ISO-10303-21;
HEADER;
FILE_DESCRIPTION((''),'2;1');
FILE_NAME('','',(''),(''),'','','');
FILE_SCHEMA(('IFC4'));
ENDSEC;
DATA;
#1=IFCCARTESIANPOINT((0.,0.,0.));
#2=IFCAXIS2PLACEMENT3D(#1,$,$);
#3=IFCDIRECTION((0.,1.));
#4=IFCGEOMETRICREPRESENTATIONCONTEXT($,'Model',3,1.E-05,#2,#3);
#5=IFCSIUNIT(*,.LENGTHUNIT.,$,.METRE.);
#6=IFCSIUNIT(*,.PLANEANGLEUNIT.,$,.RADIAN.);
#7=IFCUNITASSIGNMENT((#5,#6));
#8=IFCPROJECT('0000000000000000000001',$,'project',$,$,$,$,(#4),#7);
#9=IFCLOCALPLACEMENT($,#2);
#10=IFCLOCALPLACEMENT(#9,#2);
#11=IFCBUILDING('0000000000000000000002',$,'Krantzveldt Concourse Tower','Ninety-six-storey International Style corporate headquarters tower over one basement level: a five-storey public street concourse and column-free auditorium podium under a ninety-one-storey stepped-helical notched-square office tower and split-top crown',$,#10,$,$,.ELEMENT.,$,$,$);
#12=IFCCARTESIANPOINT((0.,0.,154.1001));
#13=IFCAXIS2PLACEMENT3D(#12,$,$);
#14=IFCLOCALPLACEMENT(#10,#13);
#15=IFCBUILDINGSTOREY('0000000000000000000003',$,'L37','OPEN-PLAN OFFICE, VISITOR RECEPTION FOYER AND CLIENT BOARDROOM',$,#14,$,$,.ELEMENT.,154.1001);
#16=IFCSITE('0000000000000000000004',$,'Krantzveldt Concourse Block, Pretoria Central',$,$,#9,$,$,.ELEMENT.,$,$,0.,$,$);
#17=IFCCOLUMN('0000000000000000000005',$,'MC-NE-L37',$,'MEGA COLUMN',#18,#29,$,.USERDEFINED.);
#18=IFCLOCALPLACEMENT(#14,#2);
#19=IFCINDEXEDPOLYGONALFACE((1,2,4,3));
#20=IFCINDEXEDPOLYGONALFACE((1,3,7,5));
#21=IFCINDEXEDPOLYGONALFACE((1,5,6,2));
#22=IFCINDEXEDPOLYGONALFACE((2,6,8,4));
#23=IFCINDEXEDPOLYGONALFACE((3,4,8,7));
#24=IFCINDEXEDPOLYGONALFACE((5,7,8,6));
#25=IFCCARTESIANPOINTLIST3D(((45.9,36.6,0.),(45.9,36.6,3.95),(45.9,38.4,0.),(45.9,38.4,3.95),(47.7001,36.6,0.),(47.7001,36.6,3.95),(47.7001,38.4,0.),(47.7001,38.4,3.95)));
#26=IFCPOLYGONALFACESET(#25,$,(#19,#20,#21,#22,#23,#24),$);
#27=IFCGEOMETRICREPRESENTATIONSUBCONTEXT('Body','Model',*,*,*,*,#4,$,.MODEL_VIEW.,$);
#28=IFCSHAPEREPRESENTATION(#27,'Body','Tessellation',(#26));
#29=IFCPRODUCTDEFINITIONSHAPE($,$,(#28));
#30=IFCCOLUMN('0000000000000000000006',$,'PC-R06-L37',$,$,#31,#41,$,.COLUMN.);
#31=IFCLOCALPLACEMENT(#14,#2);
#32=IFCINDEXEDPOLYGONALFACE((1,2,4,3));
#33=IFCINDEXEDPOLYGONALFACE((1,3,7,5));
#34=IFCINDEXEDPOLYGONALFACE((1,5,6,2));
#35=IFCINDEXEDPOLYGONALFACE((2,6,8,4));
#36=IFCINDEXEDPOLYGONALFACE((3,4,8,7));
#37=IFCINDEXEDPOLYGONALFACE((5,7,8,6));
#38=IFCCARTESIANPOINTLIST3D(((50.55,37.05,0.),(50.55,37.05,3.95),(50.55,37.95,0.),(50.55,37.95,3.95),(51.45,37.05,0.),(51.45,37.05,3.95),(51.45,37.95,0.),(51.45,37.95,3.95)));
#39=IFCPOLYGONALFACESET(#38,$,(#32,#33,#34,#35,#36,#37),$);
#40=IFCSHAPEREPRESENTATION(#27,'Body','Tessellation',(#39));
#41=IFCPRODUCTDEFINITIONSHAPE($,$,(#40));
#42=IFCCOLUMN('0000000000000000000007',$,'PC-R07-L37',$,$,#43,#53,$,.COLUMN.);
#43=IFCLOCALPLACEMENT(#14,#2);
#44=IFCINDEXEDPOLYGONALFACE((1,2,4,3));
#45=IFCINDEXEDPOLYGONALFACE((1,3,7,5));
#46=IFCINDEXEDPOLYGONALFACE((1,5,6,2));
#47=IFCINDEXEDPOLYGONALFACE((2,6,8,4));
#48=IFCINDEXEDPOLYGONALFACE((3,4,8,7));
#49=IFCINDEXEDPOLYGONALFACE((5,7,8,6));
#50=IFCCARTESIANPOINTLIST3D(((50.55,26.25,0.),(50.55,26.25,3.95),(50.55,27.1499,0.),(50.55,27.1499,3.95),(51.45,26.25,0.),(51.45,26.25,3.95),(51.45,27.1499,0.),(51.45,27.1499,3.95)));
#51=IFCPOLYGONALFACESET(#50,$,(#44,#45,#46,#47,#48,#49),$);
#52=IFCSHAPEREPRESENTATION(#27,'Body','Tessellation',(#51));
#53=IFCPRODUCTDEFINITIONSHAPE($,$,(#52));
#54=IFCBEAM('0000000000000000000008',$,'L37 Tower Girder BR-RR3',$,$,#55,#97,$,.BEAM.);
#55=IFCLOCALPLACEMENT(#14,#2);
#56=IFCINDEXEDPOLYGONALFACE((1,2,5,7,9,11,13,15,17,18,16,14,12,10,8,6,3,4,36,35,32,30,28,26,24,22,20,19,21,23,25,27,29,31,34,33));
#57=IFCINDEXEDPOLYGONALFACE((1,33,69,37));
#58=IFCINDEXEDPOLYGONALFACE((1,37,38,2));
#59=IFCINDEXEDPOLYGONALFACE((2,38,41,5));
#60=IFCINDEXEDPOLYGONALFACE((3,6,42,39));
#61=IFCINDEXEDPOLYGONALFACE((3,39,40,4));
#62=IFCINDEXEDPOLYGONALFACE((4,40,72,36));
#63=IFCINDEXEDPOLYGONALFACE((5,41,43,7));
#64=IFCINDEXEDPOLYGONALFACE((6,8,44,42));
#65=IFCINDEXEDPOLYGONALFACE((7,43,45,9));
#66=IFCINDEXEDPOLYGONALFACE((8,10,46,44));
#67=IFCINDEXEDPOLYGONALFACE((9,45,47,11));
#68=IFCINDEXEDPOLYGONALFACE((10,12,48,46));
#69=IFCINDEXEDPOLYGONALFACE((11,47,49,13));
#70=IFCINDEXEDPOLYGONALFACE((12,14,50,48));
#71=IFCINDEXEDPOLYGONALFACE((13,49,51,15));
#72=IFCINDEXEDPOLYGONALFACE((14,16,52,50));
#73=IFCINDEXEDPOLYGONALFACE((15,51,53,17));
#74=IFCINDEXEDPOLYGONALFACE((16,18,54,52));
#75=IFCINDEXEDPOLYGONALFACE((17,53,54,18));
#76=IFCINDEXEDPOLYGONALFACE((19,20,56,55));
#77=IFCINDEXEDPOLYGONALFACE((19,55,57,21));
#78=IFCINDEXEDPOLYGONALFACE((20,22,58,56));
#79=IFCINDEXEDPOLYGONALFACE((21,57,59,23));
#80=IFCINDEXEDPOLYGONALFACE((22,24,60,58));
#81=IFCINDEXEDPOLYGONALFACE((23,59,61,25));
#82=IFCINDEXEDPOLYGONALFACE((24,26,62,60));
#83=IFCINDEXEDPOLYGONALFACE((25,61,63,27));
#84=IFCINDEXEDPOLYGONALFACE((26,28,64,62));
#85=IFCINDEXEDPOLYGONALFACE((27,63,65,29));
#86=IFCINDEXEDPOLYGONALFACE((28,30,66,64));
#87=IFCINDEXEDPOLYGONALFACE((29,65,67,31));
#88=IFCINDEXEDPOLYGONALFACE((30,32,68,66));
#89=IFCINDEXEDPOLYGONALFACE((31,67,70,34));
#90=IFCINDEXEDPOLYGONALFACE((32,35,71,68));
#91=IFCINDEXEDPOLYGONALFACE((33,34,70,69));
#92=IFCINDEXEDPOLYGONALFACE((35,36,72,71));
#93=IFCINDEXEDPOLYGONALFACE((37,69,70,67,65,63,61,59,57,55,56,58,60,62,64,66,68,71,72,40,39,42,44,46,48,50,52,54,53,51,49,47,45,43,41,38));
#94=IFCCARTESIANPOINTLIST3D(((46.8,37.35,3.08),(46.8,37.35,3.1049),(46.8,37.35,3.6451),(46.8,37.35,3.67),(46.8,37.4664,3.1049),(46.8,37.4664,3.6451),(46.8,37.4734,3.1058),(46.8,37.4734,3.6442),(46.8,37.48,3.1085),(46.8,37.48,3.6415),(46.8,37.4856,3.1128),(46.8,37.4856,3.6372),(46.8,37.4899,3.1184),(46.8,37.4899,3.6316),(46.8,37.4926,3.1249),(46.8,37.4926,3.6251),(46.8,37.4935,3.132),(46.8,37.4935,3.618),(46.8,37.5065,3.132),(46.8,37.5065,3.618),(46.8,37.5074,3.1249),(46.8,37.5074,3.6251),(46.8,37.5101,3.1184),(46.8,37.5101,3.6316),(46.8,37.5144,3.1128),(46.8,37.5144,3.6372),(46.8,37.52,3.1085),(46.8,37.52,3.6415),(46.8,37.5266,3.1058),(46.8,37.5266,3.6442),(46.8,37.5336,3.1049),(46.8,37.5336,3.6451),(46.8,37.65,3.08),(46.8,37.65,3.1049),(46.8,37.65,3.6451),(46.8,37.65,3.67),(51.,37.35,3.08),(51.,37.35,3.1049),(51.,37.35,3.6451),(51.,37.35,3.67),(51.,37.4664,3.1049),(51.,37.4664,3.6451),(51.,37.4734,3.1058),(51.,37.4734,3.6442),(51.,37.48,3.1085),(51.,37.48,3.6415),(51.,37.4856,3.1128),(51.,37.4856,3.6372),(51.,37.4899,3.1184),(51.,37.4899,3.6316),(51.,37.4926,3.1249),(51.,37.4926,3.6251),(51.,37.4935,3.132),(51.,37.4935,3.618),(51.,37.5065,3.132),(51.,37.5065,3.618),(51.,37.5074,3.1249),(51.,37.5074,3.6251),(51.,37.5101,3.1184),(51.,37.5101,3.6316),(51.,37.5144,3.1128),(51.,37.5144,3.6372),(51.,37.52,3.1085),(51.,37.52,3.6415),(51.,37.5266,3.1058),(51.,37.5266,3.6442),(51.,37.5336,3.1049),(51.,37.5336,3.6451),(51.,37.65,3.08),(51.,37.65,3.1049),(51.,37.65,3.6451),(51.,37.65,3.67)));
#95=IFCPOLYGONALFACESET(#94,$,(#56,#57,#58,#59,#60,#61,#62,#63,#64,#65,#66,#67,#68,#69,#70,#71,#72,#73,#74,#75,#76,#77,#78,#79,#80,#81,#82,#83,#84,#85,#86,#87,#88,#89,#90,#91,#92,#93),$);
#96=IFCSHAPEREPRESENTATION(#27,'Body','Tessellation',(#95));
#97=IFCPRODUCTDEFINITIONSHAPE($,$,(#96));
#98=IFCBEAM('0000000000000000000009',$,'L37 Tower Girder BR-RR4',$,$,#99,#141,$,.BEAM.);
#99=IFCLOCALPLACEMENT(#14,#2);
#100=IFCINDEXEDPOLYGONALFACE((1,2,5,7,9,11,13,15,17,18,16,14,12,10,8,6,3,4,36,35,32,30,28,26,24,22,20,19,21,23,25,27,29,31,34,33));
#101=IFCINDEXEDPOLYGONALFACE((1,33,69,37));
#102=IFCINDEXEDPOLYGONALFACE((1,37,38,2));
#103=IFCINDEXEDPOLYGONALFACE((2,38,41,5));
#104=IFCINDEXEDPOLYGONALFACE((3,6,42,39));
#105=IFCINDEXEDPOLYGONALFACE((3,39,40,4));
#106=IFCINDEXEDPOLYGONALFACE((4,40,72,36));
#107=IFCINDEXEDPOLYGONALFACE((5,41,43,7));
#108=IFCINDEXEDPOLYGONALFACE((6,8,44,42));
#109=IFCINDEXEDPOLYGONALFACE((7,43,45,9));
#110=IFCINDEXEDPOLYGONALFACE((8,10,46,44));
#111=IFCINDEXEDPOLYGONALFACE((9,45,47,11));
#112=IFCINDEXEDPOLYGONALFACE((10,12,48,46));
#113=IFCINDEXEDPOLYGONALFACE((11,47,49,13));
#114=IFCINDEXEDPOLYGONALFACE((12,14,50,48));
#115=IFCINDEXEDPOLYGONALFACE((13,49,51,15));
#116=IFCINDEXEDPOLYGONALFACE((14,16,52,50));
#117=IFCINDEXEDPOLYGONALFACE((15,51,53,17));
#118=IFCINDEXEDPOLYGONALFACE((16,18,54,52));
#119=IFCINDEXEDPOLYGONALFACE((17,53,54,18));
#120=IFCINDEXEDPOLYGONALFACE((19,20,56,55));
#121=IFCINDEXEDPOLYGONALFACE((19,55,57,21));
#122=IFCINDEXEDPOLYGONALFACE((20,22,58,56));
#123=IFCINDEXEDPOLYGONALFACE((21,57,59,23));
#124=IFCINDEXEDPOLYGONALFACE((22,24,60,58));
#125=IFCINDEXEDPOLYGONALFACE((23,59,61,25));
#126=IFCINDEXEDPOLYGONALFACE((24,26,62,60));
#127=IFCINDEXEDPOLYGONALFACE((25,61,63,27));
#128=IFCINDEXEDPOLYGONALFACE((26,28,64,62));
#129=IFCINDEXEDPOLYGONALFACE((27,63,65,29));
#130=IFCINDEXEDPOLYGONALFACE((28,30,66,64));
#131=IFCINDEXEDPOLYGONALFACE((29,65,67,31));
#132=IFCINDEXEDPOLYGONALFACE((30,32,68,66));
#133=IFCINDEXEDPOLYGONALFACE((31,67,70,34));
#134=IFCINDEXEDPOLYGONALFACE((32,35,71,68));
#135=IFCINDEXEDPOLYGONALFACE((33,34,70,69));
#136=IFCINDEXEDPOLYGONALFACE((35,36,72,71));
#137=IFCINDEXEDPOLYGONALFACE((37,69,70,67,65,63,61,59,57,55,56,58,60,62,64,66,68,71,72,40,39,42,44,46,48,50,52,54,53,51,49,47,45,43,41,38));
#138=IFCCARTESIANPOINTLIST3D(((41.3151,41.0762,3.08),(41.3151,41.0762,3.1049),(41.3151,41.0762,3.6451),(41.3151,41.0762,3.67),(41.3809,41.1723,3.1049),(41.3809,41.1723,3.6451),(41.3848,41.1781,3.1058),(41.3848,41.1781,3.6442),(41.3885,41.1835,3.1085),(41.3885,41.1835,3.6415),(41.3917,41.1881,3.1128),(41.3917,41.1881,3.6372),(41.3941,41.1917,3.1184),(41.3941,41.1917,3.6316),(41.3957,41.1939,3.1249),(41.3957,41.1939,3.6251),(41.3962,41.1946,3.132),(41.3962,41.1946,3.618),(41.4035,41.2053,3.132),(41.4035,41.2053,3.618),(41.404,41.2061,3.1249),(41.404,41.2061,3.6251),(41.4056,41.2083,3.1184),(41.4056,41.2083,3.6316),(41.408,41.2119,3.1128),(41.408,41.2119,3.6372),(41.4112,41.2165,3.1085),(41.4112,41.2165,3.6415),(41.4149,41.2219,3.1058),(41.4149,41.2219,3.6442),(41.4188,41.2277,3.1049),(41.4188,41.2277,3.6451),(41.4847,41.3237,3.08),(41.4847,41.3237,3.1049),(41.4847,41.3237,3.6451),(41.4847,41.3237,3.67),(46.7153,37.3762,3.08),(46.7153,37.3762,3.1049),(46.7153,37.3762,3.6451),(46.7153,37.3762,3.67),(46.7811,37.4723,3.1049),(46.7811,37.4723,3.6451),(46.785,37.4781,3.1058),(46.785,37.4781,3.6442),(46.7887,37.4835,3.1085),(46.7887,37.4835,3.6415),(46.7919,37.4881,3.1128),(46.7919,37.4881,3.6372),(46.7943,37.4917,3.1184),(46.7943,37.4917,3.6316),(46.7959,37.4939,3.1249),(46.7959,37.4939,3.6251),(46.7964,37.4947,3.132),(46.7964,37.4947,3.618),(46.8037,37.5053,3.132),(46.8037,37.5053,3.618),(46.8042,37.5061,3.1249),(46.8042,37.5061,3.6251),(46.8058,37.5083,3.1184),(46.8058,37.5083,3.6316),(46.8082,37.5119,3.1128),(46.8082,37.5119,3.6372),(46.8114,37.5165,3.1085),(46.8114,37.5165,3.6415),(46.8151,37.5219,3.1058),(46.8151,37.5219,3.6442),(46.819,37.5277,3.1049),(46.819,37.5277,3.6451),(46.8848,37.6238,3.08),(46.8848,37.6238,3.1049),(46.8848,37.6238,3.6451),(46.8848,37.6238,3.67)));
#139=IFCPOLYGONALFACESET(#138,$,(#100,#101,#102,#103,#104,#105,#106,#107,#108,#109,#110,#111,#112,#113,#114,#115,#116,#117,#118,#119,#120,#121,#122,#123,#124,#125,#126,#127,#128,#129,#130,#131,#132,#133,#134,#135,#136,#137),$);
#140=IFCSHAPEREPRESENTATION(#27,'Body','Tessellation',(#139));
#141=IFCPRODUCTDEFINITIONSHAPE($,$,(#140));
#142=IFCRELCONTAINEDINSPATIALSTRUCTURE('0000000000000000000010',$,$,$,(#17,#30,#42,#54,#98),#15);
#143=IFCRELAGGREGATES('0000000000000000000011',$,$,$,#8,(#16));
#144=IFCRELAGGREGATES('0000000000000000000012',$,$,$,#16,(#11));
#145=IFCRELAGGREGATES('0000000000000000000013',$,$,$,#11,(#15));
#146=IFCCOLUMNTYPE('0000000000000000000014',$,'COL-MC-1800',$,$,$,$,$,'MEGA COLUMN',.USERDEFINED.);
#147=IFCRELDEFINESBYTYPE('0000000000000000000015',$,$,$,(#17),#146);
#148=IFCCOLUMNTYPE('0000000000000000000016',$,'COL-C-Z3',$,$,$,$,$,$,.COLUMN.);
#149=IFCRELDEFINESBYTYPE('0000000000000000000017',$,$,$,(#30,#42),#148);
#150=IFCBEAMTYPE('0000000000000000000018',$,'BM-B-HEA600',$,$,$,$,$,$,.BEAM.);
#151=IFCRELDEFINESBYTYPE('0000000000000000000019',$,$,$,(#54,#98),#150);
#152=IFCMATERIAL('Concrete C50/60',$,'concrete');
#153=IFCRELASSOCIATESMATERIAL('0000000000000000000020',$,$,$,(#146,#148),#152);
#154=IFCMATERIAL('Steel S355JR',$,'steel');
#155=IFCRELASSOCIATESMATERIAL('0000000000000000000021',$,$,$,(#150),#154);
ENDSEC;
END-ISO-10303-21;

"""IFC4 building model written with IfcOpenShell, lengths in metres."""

from ifc_helpers import new_model, si_unit, direction, frame, origin, origin_2d, place, context, subcontext, project, spatial, rectangle, i_section, extrude, source, transform, mapped, material, material_profile, profile_set, type_object, type_shapes, element, save


model = new_model("IFC4")

# Units and contexts
model_context = context("Model", 3, precision=1e-05, world=origin(), true_north=direction((0.0, 1.0)))
body_context = subcontext(model_context, "Body", "Model", "MODEL_VIEW")
ifc_project = project(units=[si_unit("LENGTHUNIT", "METRE"), si_unit("PLANEANGLEUNIT", "RADIAN")], contexts=[model_context])

# Site, building, storey
site_placement = place(None, origin())
site = spatial("IfcSite", under=ifc_project, at=site_placement, Name="Krantzveldt Concourse Block, Pretoria Central", CompositionType="ELEMENT", RefElevation=0.0)
building_placement = place(site_placement, origin())
building = spatial("IfcBuilding", under=site, at=building_placement, Name="Krantzveldt Concourse Tower", Description="Ninety-six-storey International Style corporate headquarters tower over one basement level: a five-storey public street concourse and column-free auditorium podium under a ninety-one-storey stepped-helical notched-square office tower and split-top crown", CompositionType="ELEMENT")
storey_placement = place(building_placement, frame((0.0, 0.0, 154.1001)))
storey = spatial("IfcBuildingStorey", under=building, at=storey_placement, Name="L37", Description="OPEN-PLAN OFFICE, VISITOR RECEPTION FOYER AND CLIENT BOARDROOM", CompositionType="ELEMENT", Elevation=154.1001)

# Columns
ifc_material_1 = material(Name="Concrete C50/60", Category="concrete")
ifc_material_profile_1 = material_profile(ifc_material_1, rectangle(XDim=1.8, YDim=1.8, at=origin_2d()), Name="Concrete C50/60", Category="concrete")
ifc_profile_set_1 = profile_set([ifc_material_profile_1], Name="Concrete C50/60 - RC 1800x1800")
column_type_1 = type_object("IfcColumnType", Name="COL-MC-1800", ElementType="MEGA COLUMN", PredefinedType="USERDEFINED", material=ifc_profile_set_1)
shared_shape_1 = source(origin(), body_context, "Body", "SweptSolid", [
    extrude(rectangle(XDim=1.8, YDim=1.8, at=origin_2d()), origin(), (0.0, 0.0, 1.0), 3.95),
])
type_shapes(column_type_1, [shared_shape_1])
column_placement = place(storey_placement, frame((46.8, 37.5, 0.0), z_axis=(0.0, 0.0, 1.0), x_axis=(1.0, 0.0, 0.0)))
element("IfcColumn", 1, at=column_placement, inside=storey, type_object=column_type_1, Name="MC-NE-L37", ObjectType="MEGA COLUMN", PredefinedType="USERDEFINED", context=body_context, shape_type="MappedRepresentation", body=[
    mapped(shared_shape_1, transform((0.0, 0.0, 0.0), x_axis=(1.0, 0.0, 0.0), y_axis=(0.0, 1.0, 0.0), z_axis=(0.0, 0.0, 1.0), scale=1.0)),
])
ifc_material_profile_2 = material_profile(ifc_material_1, rectangle(XDim=0.8999, YDim=0.8999, at=origin_2d()), Name="Concrete C50/60", Category="concrete")
ifc_profile_set_2 = profile_set([ifc_material_profile_2], Name="Concrete C50/60 - RC 900x900")
column_type_2 = type_object("IfcColumnType", Name="COL-C-Z3", PredefinedType="COLUMN", material=ifc_profile_set_2)
shared_shape_2 = source(origin(), body_context, "Body", "SweptSolid", [
    extrude(rectangle(XDim=0.8999, YDim=0.8999, at=origin_2d()), origin(), (0.0, 0.0, 1.0), 3.95),
])
type_shapes(column_type_2, [shared_shape_2])
for number, where, z_axis, x_axis, name in (
    (2, (51.0, 37.5, 0.0), (0.0, 0.0, 1.0), (1.0, 0.0, 0.0), "PC-R06-L37"),
    (3, (51.0, 26.7, 0.0), (0.0, 0.0, 1.0), (1.0, 0.0, 0.0), "PC-R07-L37"),
):
    element("IfcColumn", number, at=place(storey_placement, frame(where, z_axis=z_axis, x_axis=x_axis)), inside=storey, type_object=column_type_2, Name=name, PredefinedType="COLUMN", context=body_context, shape_type="MappedRepresentation", body=[
        mapped(shared_shape_2, transform((0.0, 0.0, 0.0), x_axis=(1.0, 0.0, 0.0), y_axis=(0.0, 1.0, 0.0), z_axis=(0.0, 0.0, 1.0), scale=1.0)),
    ])

# Beams
ifc_material_2 = material(Name="Steel S355JR", Category="steel")
ifc_material_profile_3 = material_profile(ifc_material_2, i_section(OverallWidth=0.3, OverallDepth=0.5901, WebThickness=0.0129, FlangeThickness=0.0249, FilletRadius=0.0271, at=origin_2d()), Name="Steel S355JR", Category="steel")
ifc_profile_set_3 = profile_set([ifc_material_profile_3], Name="Steel S355JR - HEA 600")
beam_type_1 = type_object("IfcBeamType", Name="BM-B-HEA600", PredefinedType="BEAM", material=ifc_profile_set_3)
shared_shape_3 = source(origin(), body_context, "Body", "SweptSolid", [
    extrude(i_section(OverallWidth=0.3, OverallDepth=0.5901, WebThickness=0.0129, FlangeThickness=0.0249, FilletRadius=0.0271, at=origin_2d()), origin(), (0.0, 0.0, 1.0), 4.2),
])
beam_1_placement = place(storey_placement, frame((46.8, 37.5, 3.375), z_axis=(1.0, 0.0, 0.0), x_axis=(0.0, 1.0, 0.0)))
element("IfcBeam", 4, at=beam_1_placement, inside=storey, type_object=beam_type_1, Name="L37 Tower Girder BR-RR3", PredefinedType="BEAM", context=body_context, shape_type="MappedRepresentation", body=[
    mapped(shared_shape_3, transform((0.0, 0.0, 0.0), x_axis=(1.0, 0.0, 0.0), y_axis=(0.0, 1.0, 0.0), z_axis=(0.0, 0.0, 1.0), scale=1.0)),
])
shared_shape_4 = source(origin(), body_context, "Body", "SweptSolid", [
    extrude(i_section(OverallWidth=0.3, OverallDepth=0.5901, WebThickness=0.0129, FlangeThickness=0.0249, FilletRadius=0.0271, at=origin_2d()), origin(), (0.0, 0.0, 1.0), 6.5461),
])
type_shapes(beam_type_1, [shared_shape_3, shared_shape_4])
beam_2_placement = place(storey_placement, frame((46.8, 37.5, 3.375), z_axis=(-0.824943, 0.565216, 0.0), x_axis=(-0.565216, -0.824943, 0.0)))
element("IfcBeam", 5, at=beam_2_placement, inside=storey, type_object=beam_type_1, Name="L37 Tower Girder BR-RR4", PredefinedType="BEAM", context=body_context, shape_type="MappedRepresentation", body=[
    mapped(shared_shape_4, transform((0.0, 0.0, 0.0), x_axis=(1.0, 0.0, 0.0), y_axis=(0.0, 1.0, 0.0), z_axis=(0.0, 0.0, 1.0), scale=1.0)),
])

save(model, "model.ifc")
